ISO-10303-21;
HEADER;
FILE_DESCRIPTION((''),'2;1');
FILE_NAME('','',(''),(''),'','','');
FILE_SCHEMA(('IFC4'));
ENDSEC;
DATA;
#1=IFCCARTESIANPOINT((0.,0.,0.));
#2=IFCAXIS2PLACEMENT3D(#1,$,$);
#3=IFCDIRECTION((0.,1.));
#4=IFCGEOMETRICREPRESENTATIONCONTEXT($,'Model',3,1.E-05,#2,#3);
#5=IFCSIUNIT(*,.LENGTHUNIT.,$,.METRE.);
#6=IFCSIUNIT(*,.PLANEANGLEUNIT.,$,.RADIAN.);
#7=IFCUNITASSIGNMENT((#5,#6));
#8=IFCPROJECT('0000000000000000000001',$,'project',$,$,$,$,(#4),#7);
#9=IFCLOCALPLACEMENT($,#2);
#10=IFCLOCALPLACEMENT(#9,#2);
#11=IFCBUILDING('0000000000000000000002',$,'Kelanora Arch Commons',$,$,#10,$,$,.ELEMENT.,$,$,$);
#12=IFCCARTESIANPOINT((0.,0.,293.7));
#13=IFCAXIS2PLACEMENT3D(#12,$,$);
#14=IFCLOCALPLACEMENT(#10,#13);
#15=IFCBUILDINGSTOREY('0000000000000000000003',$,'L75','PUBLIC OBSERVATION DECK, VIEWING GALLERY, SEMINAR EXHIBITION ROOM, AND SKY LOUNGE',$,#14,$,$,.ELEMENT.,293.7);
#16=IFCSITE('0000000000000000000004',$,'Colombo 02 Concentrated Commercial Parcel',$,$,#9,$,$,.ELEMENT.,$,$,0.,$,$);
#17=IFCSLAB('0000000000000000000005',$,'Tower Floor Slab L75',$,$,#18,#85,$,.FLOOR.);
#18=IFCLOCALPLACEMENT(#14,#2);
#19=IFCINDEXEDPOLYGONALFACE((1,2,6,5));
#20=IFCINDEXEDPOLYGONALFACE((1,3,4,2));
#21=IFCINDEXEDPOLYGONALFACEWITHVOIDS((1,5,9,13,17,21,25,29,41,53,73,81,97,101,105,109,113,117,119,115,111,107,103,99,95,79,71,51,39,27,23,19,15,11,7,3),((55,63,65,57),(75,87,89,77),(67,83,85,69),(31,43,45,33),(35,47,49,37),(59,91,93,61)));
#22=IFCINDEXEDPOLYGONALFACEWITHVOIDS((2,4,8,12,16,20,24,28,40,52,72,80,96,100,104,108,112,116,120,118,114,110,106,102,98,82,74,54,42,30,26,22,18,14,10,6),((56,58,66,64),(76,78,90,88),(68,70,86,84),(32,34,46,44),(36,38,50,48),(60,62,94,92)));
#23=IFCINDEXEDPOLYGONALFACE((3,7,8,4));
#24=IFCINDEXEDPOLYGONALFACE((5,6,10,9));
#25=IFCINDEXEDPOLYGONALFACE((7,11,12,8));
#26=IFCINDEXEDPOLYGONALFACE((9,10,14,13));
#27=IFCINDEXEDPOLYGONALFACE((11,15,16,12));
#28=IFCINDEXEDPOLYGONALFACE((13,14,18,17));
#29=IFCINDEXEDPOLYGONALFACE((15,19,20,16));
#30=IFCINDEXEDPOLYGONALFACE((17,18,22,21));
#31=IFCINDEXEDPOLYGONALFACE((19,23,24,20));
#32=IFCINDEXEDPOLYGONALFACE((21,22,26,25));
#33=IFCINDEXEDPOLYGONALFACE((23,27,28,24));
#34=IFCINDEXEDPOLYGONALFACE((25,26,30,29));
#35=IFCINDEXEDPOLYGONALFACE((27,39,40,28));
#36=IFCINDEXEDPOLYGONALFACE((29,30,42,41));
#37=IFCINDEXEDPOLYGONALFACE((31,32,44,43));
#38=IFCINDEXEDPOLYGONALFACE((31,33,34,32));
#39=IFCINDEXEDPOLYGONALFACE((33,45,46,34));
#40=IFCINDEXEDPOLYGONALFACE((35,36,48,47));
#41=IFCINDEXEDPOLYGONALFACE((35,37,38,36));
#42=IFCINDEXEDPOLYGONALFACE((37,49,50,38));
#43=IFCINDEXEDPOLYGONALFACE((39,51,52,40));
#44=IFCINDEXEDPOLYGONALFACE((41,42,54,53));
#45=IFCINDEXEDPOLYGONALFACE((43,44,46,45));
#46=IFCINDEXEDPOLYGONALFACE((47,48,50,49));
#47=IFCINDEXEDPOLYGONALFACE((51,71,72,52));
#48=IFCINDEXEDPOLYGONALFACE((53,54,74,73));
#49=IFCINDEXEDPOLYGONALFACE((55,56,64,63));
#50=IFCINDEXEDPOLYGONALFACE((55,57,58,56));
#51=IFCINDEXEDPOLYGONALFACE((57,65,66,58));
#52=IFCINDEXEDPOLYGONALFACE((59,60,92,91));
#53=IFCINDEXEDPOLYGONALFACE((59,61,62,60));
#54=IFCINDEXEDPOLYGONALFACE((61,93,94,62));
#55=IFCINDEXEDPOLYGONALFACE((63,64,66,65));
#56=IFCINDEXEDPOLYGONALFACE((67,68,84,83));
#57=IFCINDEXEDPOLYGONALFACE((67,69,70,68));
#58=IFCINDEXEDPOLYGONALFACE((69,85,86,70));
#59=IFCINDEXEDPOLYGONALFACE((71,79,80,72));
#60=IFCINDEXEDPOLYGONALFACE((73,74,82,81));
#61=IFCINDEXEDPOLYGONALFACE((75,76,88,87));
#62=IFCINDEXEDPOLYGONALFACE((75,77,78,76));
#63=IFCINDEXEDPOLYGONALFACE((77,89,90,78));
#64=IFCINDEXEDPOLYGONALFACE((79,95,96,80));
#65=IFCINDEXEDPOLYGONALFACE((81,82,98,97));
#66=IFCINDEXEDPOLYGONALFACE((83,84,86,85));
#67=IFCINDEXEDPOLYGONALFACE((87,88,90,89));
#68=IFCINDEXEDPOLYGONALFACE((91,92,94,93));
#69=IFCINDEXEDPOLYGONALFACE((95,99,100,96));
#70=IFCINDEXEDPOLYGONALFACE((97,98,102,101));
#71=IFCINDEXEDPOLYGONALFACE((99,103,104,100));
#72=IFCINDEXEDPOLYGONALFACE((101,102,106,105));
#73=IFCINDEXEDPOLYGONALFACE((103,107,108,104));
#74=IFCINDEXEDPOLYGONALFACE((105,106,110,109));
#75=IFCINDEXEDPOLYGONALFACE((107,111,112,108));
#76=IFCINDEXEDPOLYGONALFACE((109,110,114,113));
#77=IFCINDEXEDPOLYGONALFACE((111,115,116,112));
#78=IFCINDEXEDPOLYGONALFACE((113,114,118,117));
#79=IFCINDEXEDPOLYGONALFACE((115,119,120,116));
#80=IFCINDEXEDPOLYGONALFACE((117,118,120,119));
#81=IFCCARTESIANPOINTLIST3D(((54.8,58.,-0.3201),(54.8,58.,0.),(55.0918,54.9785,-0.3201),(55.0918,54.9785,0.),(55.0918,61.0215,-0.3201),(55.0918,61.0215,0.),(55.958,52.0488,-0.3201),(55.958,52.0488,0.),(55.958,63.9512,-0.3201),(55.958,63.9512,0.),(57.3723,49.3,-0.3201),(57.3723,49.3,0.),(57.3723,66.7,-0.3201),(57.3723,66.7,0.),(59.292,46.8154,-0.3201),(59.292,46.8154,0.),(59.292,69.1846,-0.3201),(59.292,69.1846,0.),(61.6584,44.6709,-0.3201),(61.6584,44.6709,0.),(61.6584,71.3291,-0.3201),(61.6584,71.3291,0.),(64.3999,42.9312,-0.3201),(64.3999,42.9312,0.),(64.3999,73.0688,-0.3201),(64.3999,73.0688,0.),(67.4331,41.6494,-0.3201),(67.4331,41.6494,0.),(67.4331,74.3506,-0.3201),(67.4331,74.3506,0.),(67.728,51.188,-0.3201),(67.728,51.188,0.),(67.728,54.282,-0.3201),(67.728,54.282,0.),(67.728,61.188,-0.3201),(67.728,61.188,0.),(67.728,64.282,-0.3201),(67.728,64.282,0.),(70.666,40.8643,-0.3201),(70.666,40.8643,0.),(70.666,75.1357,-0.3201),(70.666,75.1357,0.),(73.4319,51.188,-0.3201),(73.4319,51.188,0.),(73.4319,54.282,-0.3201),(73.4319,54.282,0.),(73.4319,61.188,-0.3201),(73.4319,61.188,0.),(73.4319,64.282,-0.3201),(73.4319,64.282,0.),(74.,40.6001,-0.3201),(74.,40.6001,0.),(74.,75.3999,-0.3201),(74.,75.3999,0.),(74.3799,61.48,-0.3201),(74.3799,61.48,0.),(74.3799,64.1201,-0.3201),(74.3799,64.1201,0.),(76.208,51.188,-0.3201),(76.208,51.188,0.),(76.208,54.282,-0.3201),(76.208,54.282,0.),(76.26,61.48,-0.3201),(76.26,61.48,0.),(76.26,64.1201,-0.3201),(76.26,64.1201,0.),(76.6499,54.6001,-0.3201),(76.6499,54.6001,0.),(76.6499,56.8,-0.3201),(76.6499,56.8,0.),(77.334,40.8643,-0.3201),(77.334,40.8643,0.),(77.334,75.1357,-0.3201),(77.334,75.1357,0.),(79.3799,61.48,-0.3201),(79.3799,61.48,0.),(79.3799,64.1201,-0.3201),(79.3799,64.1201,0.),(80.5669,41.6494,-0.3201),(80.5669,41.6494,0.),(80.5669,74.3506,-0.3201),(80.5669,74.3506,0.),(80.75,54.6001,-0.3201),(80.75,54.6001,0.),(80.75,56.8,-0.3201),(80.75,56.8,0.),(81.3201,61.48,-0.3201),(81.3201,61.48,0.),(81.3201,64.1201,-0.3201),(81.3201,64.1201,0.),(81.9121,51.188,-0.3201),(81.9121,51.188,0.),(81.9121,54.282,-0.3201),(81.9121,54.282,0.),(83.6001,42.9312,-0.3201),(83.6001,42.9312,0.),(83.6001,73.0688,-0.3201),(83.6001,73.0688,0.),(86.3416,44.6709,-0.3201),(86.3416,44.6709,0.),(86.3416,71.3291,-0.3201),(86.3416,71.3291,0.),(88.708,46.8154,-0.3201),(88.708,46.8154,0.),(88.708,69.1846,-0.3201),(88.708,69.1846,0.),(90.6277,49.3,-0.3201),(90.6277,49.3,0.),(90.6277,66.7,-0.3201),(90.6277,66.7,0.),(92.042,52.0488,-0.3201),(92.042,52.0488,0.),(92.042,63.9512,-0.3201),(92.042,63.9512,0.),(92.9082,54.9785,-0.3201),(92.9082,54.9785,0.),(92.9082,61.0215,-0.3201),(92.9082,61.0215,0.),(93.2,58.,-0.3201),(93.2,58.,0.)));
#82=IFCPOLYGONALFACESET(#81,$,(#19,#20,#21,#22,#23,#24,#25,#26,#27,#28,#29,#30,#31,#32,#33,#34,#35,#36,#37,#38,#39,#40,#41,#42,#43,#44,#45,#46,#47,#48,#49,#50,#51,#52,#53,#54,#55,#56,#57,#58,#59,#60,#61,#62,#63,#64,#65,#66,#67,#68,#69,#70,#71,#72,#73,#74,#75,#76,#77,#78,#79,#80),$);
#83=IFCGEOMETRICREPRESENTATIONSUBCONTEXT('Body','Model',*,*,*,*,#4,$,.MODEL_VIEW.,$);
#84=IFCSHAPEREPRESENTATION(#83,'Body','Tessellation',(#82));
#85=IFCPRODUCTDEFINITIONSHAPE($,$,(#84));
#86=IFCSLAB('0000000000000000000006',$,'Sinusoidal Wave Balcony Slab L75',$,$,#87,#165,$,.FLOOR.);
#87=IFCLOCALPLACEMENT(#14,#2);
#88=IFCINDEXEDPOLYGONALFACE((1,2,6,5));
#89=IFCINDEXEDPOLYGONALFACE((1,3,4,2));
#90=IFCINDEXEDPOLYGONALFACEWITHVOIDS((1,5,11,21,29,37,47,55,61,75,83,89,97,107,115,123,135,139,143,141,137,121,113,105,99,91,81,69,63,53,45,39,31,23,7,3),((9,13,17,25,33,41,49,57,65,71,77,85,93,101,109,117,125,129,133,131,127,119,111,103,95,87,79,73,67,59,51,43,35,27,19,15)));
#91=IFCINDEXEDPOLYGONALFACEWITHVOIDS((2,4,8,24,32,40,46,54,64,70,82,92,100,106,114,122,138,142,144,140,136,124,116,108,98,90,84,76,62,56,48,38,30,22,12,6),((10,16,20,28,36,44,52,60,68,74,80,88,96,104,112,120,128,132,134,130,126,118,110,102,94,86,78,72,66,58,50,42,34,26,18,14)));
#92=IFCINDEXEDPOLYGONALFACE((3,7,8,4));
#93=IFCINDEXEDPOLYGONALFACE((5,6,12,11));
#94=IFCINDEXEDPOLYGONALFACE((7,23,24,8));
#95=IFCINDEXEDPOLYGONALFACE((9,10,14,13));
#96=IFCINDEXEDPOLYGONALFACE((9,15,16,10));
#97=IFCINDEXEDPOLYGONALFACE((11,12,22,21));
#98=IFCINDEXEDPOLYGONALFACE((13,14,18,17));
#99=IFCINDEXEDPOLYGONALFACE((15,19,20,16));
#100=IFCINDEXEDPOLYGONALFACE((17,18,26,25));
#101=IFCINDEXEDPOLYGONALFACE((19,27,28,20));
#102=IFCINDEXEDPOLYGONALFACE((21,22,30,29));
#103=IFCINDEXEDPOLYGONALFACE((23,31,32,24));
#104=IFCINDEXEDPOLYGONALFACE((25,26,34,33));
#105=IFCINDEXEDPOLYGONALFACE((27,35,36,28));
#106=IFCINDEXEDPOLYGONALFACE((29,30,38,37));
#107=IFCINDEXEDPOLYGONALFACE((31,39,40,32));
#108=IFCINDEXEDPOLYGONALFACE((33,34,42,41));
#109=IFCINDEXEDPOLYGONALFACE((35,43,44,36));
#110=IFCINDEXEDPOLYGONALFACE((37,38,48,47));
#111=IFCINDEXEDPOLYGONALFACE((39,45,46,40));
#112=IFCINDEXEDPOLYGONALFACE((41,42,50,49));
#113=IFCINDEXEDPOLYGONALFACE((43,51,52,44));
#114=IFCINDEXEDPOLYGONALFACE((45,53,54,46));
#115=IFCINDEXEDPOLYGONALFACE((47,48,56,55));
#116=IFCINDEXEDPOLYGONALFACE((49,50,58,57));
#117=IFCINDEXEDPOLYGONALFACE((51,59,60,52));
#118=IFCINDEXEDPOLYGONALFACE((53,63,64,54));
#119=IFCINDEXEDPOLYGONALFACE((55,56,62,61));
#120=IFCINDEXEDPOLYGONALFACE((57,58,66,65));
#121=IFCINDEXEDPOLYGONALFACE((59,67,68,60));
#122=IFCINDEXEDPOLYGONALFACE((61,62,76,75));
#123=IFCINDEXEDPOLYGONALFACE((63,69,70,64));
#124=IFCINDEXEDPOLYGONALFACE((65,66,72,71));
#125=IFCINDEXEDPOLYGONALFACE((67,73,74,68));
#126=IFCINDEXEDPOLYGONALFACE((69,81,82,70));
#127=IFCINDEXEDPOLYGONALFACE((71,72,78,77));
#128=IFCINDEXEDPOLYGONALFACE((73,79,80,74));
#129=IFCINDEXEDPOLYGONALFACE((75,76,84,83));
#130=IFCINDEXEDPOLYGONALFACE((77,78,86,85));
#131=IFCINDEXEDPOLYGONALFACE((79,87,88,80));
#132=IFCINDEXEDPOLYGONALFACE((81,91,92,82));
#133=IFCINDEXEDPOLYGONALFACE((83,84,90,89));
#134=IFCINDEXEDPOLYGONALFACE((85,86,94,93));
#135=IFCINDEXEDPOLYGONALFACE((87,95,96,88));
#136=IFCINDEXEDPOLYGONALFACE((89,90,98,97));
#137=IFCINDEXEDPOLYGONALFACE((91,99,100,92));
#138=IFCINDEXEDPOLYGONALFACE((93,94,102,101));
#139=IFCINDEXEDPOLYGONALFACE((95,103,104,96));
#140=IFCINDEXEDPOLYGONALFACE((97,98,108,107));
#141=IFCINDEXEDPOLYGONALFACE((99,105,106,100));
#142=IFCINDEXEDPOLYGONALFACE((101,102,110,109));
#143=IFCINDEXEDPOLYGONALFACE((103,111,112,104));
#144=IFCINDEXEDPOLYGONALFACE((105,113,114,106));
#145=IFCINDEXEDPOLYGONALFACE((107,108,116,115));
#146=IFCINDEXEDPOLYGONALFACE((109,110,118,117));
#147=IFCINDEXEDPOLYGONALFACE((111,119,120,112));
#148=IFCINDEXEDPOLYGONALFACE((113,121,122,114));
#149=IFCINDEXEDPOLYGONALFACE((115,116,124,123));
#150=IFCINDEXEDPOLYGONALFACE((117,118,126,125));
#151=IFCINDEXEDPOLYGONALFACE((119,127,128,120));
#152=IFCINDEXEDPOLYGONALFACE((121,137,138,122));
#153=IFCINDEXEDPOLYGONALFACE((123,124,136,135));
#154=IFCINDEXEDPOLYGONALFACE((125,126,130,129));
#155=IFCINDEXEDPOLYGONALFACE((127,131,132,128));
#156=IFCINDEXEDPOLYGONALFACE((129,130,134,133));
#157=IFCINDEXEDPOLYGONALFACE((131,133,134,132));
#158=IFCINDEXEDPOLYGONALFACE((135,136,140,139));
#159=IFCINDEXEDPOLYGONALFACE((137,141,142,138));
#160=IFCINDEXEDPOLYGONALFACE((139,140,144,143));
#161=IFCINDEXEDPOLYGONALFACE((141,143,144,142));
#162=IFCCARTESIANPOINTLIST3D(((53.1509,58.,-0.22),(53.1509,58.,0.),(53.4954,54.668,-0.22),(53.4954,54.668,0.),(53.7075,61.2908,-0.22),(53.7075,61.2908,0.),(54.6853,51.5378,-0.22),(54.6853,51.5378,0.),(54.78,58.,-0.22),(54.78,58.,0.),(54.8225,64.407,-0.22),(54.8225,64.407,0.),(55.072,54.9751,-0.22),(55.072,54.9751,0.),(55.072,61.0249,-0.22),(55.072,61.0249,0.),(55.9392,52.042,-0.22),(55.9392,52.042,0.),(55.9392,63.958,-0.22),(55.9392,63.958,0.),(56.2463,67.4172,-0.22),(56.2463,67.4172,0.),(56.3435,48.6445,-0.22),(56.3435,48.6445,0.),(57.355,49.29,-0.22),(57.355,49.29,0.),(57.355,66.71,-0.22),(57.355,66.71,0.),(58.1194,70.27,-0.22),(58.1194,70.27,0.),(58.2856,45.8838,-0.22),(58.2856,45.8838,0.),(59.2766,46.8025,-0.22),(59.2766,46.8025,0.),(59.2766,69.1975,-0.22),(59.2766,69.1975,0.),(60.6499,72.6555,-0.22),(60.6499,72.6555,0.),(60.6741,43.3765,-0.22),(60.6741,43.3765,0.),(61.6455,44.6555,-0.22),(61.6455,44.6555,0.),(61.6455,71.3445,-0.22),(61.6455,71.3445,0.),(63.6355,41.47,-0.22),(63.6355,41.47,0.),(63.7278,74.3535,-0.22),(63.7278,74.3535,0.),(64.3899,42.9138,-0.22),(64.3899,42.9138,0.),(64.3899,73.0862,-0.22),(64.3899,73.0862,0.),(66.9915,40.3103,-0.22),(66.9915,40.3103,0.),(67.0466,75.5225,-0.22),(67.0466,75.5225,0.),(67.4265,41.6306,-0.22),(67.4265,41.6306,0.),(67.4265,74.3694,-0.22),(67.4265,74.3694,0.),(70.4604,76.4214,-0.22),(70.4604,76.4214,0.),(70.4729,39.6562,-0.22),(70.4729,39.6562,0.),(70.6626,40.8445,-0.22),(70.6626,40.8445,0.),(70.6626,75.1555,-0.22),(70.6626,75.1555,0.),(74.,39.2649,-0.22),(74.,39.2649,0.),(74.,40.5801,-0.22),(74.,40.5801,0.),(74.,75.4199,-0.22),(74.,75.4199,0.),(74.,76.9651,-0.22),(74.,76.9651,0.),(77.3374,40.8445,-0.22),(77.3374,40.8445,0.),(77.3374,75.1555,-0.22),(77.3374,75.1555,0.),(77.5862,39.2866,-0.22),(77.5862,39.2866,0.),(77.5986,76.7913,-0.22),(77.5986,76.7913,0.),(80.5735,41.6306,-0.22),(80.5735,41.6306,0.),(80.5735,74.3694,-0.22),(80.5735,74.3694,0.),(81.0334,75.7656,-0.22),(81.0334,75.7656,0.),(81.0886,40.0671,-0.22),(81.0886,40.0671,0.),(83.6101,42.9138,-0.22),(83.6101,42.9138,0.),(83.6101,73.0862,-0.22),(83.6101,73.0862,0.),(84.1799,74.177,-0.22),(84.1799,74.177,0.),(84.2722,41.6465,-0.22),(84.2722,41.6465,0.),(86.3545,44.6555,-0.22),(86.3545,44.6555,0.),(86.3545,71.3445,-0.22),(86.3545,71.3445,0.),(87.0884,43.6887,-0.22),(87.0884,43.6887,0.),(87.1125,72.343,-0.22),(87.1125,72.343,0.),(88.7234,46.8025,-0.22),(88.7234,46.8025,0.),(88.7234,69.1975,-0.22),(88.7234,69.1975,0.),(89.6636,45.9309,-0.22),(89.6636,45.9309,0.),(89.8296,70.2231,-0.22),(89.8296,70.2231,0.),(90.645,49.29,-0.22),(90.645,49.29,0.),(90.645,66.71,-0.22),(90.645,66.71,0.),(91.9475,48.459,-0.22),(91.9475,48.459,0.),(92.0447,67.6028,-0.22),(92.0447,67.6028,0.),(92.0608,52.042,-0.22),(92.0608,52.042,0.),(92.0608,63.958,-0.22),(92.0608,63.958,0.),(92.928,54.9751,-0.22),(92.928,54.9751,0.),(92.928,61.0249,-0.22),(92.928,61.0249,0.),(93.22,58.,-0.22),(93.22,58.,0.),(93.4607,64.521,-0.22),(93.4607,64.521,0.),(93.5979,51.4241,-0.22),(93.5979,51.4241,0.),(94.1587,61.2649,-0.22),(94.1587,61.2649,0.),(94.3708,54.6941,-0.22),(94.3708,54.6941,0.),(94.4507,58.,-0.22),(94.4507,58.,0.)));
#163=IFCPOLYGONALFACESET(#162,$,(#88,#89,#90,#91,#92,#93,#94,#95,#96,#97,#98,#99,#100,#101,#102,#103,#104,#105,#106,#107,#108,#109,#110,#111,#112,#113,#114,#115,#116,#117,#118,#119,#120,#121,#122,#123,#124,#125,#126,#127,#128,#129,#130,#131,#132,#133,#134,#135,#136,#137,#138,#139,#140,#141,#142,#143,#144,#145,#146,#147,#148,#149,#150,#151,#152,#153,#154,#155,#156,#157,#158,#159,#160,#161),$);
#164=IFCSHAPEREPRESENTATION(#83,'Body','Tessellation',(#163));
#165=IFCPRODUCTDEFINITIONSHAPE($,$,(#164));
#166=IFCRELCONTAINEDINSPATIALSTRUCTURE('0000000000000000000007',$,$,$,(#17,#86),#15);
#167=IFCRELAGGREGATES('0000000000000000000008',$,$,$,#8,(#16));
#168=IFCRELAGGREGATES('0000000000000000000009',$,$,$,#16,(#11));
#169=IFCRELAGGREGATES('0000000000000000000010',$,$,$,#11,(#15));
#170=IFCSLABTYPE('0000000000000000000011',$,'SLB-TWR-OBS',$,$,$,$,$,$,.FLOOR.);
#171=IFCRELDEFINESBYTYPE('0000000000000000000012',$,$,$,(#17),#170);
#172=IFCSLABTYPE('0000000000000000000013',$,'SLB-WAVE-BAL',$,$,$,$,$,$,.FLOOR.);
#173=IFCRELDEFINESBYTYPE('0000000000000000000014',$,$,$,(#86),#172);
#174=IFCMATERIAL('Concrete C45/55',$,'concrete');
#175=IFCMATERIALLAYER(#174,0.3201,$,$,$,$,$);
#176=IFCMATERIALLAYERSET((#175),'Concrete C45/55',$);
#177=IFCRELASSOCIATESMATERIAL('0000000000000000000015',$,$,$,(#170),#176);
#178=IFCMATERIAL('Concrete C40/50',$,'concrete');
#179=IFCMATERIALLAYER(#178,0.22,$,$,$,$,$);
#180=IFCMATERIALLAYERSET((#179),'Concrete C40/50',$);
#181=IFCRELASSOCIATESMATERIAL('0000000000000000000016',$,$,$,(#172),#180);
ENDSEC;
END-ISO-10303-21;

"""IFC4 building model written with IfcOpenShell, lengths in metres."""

from ifc_helpers import new_model, si_unit, direction, frame, origin, place, context, subcontext, project, spatial, polyline, outline, extrude, material, layer, layer_set, type_object, element, save


model = new_model("IFC4")

# Units and contexts
model_context = context("Model", 3, precision=1e-05, world=origin(), true_north=direction((0.0, 1.0)))
body_context = subcontext(model_context, "Body", "Model", "MODEL_VIEW")
ifc_project = project(units=[si_unit("LENGTHUNIT", "METRE"), si_unit("PLANEANGLEUNIT", "RADIAN")], contexts=[model_context])

# Site, building, storey
site_placement = place(None, origin())
site = spatial("IfcSite", under=ifc_project, at=site_placement, Name="Colombo 02 Concentrated Commercial Parcel", CompositionType="ELEMENT", RefElevation=0.0)
building_placement = place(site_placement, origin())
building = spatial("IfcBuilding", under=site, at=building_placement, Name="Kelanora Arch Commons", CompositionType="ELEMENT")
storey_placement = place(building_placement, frame((0.0, 0.0, 293.7)))
storey = spatial("IfcBuildingStorey", under=building, at=storey_placement, Name="L75", Description="PUBLIC OBSERVATION DECK, VIEWING GALLERY, SEMINAR EXHIBITION ROOM, AND SKY LOUNGE", CompositionType="ELEMENT", Elevation=293.7)

# Shared definitions
ifc_material_1 = material(Name="Concrete C40/50", Category="concrete")

# Slabs
ifc_material_2 = material(Name="Concrete C45/55", Category="concrete")
ifc_layer_1 = layer(ifc_material_2, 0.3201)
ifc_layer_set_1 = layer_set([ifc_layer_1], Name="Concrete C45/55")
slab_type_1 = type_object("IfcSlabType", Name="SLB-TWR-OBS", PredefinedType="FLOOR", material=ifc_layer_set_1)
slab_1_placement = place(storey_placement, frame((0.0, 0.0, -0.3201)))
element("IfcSlab", 1, at=slab_1_placement, inside=storey, type_object=slab_type_1, Name="Tower Floor Slab L75", PredefinedType="FLOOR", context=body_context, shape_type="SweptSolid", body=[
    extrude(outline(polyline([(93.2, 58.0), (92.9082, 61.0215), (92.042, 63.9512), (90.6277, 66.7), (88.708, 69.1846), (86.3416, 71.3291), (83.6001, 73.0688), (80.5669, 74.3506), (77.334, 75.1357), (74.0, 75.3999), (70.666, 75.1357), (67.4331, 74.3506), (64.3999, 73.0688), (61.6584, 71.3291), (59.292, 69.1846), (57.3723, 66.7), (55.958, 63.9512), (55.0918, 61.0215), (54.8, 58.0), (55.0918, 54.9785), (55.958, 52.0488), (57.3723, 49.3), (59.292, 46.8154), (61.6584, 44.6709), (64.3999, 42.9312), (67.4331, 41.6494), (70.666, 40.8643), (74.0, 40.6001), (77.334, 40.8643), (80.5669, 41.6494), (83.6001, 42.9312), (86.3416, 44.6709), (88.708, 46.8154), (90.6277, 49.3), (92.042, 52.0488), (92.9082, 54.9785), (93.2, 58.0)]), holes=[polyline([(73.4319, 51.188), (67.728, 51.188), (67.728, 54.282), (73.4319, 54.282), (73.4319, 51.188)]), polyline([(76.208, 51.188), (76.208, 54.282), (81.9121, 54.282), (81.9121, 51.188), (76.208, 51.188)]), polyline([(76.6499, 54.6001), (76.6499, 56.8), (80.75, 56.8), (80.75, 54.6001), (76.6499, 54.6001)]), polyline([(73.4319, 61.188), (67.728, 61.188), (67.728, 64.282), (73.4319, 64.282), (73.4319, 61.188)]), polyline([(74.3799, 61.48), (74.3799, 64.1201), (76.26, 64.1201), (76.26, 61.48), (74.3799, 61.48)]), polyline([(79.3799, 61.48), (79.3799, 64.1201), (81.3201, 64.1201), (81.3201, 61.48), (79.3799, 61.48)])]), origin(), (0.0, 0.0, 1.0), 0.3201),
])
ifc_layer_2 = layer(ifc_material_1, 0.22)
ifc_layer_set_2 = layer_set([ifc_layer_2], Name="Concrete C40/50")
slab_type_2 = type_object("IfcSlabType", Name="SLB-WAVE-BAL", PredefinedType="FLOOR", material=ifc_layer_set_2)
slab_2_placement = place(storey_placement, frame((0.0, 0.0, -0.22)))
element("IfcSlab", 2, at=slab_2_placement, inside=storey, type_object=slab_type_2, Name="Sinusoidal Wave Balcony Slab L75", PredefinedType="FLOOR", context=body_context, shape_type="SweptSolid", body=[
    extrude(outline(polyline([(94.4507, 58.0), (94.1587, 61.2649), (93.4607, 64.521), (92.0447, 67.6028), (89.8296, 70.2231), (87.1125, 72.343), (84.1799, 74.177), (81.0334, 75.7656), (77.5986, 76.7913), (74.0, 76.9651), (70.4604, 76.4214), (67.0466, 75.5225), (63.7278, 74.3535), (60.6499, 72.6555), (58.1194, 70.27), (56.2463, 67.4172), (54.8225, 64.407), (53.7075, 61.2908), (53.1509, 58.0), (53.4954, 54.668), (54.6853, 51.5378), (56.3435, 48.6445), (58.2856, 45.8838), (60.6741, 43.3765), (63.6355, 41.47), (66.9915, 40.3103), (70.4729, 39.6562), (74.0, 39.2649), (77.5862, 39.2866), (81.0886, 40.0671), (84.2722, 41.6465), (87.0884, 43.6887), (89.6636, 45.9309), (91.9475, 48.459), (93.5979, 51.4241), (94.3708, 54.6941), (94.4507, 58.0)]), holes=[polyline([(92.928, 54.9751), (92.0608, 52.042), (90.645, 49.29), (88.7234, 46.8025), (86.3545, 44.6555), (83.6101, 42.9138), (80.5735, 41.6306), (77.3374, 40.8445), (74.0, 40.5801), (70.6626, 40.8445), (67.4265, 41.6306), (64.3899, 42.9138), (61.6455, 44.6555), (59.2766, 46.8025), (57.355, 49.29), (55.9392, 52.042), (55.072, 54.9751), (54.78, 58.0), (55.072, 61.0249), (55.9392, 63.958), (57.355, 66.71), (59.2766, 69.1975), (61.6455, 71.3445), (64.3899, 73.0862), (67.4265, 74.3694), (70.6626, 75.1555), (74.0, 75.4199), (77.3374, 75.1555), (80.5735, 74.3694), (83.6101, 73.0862), (86.3545, 71.3445), (88.7234, 69.1975), (90.645, 66.71), (92.0608, 63.958), (92.928, 61.0249), (93.22, 58.0), (92.928, 54.9751)])]), origin(), (0.0, 0.0, 1.0), 0.22),
])

save(model, "model.ifc")
